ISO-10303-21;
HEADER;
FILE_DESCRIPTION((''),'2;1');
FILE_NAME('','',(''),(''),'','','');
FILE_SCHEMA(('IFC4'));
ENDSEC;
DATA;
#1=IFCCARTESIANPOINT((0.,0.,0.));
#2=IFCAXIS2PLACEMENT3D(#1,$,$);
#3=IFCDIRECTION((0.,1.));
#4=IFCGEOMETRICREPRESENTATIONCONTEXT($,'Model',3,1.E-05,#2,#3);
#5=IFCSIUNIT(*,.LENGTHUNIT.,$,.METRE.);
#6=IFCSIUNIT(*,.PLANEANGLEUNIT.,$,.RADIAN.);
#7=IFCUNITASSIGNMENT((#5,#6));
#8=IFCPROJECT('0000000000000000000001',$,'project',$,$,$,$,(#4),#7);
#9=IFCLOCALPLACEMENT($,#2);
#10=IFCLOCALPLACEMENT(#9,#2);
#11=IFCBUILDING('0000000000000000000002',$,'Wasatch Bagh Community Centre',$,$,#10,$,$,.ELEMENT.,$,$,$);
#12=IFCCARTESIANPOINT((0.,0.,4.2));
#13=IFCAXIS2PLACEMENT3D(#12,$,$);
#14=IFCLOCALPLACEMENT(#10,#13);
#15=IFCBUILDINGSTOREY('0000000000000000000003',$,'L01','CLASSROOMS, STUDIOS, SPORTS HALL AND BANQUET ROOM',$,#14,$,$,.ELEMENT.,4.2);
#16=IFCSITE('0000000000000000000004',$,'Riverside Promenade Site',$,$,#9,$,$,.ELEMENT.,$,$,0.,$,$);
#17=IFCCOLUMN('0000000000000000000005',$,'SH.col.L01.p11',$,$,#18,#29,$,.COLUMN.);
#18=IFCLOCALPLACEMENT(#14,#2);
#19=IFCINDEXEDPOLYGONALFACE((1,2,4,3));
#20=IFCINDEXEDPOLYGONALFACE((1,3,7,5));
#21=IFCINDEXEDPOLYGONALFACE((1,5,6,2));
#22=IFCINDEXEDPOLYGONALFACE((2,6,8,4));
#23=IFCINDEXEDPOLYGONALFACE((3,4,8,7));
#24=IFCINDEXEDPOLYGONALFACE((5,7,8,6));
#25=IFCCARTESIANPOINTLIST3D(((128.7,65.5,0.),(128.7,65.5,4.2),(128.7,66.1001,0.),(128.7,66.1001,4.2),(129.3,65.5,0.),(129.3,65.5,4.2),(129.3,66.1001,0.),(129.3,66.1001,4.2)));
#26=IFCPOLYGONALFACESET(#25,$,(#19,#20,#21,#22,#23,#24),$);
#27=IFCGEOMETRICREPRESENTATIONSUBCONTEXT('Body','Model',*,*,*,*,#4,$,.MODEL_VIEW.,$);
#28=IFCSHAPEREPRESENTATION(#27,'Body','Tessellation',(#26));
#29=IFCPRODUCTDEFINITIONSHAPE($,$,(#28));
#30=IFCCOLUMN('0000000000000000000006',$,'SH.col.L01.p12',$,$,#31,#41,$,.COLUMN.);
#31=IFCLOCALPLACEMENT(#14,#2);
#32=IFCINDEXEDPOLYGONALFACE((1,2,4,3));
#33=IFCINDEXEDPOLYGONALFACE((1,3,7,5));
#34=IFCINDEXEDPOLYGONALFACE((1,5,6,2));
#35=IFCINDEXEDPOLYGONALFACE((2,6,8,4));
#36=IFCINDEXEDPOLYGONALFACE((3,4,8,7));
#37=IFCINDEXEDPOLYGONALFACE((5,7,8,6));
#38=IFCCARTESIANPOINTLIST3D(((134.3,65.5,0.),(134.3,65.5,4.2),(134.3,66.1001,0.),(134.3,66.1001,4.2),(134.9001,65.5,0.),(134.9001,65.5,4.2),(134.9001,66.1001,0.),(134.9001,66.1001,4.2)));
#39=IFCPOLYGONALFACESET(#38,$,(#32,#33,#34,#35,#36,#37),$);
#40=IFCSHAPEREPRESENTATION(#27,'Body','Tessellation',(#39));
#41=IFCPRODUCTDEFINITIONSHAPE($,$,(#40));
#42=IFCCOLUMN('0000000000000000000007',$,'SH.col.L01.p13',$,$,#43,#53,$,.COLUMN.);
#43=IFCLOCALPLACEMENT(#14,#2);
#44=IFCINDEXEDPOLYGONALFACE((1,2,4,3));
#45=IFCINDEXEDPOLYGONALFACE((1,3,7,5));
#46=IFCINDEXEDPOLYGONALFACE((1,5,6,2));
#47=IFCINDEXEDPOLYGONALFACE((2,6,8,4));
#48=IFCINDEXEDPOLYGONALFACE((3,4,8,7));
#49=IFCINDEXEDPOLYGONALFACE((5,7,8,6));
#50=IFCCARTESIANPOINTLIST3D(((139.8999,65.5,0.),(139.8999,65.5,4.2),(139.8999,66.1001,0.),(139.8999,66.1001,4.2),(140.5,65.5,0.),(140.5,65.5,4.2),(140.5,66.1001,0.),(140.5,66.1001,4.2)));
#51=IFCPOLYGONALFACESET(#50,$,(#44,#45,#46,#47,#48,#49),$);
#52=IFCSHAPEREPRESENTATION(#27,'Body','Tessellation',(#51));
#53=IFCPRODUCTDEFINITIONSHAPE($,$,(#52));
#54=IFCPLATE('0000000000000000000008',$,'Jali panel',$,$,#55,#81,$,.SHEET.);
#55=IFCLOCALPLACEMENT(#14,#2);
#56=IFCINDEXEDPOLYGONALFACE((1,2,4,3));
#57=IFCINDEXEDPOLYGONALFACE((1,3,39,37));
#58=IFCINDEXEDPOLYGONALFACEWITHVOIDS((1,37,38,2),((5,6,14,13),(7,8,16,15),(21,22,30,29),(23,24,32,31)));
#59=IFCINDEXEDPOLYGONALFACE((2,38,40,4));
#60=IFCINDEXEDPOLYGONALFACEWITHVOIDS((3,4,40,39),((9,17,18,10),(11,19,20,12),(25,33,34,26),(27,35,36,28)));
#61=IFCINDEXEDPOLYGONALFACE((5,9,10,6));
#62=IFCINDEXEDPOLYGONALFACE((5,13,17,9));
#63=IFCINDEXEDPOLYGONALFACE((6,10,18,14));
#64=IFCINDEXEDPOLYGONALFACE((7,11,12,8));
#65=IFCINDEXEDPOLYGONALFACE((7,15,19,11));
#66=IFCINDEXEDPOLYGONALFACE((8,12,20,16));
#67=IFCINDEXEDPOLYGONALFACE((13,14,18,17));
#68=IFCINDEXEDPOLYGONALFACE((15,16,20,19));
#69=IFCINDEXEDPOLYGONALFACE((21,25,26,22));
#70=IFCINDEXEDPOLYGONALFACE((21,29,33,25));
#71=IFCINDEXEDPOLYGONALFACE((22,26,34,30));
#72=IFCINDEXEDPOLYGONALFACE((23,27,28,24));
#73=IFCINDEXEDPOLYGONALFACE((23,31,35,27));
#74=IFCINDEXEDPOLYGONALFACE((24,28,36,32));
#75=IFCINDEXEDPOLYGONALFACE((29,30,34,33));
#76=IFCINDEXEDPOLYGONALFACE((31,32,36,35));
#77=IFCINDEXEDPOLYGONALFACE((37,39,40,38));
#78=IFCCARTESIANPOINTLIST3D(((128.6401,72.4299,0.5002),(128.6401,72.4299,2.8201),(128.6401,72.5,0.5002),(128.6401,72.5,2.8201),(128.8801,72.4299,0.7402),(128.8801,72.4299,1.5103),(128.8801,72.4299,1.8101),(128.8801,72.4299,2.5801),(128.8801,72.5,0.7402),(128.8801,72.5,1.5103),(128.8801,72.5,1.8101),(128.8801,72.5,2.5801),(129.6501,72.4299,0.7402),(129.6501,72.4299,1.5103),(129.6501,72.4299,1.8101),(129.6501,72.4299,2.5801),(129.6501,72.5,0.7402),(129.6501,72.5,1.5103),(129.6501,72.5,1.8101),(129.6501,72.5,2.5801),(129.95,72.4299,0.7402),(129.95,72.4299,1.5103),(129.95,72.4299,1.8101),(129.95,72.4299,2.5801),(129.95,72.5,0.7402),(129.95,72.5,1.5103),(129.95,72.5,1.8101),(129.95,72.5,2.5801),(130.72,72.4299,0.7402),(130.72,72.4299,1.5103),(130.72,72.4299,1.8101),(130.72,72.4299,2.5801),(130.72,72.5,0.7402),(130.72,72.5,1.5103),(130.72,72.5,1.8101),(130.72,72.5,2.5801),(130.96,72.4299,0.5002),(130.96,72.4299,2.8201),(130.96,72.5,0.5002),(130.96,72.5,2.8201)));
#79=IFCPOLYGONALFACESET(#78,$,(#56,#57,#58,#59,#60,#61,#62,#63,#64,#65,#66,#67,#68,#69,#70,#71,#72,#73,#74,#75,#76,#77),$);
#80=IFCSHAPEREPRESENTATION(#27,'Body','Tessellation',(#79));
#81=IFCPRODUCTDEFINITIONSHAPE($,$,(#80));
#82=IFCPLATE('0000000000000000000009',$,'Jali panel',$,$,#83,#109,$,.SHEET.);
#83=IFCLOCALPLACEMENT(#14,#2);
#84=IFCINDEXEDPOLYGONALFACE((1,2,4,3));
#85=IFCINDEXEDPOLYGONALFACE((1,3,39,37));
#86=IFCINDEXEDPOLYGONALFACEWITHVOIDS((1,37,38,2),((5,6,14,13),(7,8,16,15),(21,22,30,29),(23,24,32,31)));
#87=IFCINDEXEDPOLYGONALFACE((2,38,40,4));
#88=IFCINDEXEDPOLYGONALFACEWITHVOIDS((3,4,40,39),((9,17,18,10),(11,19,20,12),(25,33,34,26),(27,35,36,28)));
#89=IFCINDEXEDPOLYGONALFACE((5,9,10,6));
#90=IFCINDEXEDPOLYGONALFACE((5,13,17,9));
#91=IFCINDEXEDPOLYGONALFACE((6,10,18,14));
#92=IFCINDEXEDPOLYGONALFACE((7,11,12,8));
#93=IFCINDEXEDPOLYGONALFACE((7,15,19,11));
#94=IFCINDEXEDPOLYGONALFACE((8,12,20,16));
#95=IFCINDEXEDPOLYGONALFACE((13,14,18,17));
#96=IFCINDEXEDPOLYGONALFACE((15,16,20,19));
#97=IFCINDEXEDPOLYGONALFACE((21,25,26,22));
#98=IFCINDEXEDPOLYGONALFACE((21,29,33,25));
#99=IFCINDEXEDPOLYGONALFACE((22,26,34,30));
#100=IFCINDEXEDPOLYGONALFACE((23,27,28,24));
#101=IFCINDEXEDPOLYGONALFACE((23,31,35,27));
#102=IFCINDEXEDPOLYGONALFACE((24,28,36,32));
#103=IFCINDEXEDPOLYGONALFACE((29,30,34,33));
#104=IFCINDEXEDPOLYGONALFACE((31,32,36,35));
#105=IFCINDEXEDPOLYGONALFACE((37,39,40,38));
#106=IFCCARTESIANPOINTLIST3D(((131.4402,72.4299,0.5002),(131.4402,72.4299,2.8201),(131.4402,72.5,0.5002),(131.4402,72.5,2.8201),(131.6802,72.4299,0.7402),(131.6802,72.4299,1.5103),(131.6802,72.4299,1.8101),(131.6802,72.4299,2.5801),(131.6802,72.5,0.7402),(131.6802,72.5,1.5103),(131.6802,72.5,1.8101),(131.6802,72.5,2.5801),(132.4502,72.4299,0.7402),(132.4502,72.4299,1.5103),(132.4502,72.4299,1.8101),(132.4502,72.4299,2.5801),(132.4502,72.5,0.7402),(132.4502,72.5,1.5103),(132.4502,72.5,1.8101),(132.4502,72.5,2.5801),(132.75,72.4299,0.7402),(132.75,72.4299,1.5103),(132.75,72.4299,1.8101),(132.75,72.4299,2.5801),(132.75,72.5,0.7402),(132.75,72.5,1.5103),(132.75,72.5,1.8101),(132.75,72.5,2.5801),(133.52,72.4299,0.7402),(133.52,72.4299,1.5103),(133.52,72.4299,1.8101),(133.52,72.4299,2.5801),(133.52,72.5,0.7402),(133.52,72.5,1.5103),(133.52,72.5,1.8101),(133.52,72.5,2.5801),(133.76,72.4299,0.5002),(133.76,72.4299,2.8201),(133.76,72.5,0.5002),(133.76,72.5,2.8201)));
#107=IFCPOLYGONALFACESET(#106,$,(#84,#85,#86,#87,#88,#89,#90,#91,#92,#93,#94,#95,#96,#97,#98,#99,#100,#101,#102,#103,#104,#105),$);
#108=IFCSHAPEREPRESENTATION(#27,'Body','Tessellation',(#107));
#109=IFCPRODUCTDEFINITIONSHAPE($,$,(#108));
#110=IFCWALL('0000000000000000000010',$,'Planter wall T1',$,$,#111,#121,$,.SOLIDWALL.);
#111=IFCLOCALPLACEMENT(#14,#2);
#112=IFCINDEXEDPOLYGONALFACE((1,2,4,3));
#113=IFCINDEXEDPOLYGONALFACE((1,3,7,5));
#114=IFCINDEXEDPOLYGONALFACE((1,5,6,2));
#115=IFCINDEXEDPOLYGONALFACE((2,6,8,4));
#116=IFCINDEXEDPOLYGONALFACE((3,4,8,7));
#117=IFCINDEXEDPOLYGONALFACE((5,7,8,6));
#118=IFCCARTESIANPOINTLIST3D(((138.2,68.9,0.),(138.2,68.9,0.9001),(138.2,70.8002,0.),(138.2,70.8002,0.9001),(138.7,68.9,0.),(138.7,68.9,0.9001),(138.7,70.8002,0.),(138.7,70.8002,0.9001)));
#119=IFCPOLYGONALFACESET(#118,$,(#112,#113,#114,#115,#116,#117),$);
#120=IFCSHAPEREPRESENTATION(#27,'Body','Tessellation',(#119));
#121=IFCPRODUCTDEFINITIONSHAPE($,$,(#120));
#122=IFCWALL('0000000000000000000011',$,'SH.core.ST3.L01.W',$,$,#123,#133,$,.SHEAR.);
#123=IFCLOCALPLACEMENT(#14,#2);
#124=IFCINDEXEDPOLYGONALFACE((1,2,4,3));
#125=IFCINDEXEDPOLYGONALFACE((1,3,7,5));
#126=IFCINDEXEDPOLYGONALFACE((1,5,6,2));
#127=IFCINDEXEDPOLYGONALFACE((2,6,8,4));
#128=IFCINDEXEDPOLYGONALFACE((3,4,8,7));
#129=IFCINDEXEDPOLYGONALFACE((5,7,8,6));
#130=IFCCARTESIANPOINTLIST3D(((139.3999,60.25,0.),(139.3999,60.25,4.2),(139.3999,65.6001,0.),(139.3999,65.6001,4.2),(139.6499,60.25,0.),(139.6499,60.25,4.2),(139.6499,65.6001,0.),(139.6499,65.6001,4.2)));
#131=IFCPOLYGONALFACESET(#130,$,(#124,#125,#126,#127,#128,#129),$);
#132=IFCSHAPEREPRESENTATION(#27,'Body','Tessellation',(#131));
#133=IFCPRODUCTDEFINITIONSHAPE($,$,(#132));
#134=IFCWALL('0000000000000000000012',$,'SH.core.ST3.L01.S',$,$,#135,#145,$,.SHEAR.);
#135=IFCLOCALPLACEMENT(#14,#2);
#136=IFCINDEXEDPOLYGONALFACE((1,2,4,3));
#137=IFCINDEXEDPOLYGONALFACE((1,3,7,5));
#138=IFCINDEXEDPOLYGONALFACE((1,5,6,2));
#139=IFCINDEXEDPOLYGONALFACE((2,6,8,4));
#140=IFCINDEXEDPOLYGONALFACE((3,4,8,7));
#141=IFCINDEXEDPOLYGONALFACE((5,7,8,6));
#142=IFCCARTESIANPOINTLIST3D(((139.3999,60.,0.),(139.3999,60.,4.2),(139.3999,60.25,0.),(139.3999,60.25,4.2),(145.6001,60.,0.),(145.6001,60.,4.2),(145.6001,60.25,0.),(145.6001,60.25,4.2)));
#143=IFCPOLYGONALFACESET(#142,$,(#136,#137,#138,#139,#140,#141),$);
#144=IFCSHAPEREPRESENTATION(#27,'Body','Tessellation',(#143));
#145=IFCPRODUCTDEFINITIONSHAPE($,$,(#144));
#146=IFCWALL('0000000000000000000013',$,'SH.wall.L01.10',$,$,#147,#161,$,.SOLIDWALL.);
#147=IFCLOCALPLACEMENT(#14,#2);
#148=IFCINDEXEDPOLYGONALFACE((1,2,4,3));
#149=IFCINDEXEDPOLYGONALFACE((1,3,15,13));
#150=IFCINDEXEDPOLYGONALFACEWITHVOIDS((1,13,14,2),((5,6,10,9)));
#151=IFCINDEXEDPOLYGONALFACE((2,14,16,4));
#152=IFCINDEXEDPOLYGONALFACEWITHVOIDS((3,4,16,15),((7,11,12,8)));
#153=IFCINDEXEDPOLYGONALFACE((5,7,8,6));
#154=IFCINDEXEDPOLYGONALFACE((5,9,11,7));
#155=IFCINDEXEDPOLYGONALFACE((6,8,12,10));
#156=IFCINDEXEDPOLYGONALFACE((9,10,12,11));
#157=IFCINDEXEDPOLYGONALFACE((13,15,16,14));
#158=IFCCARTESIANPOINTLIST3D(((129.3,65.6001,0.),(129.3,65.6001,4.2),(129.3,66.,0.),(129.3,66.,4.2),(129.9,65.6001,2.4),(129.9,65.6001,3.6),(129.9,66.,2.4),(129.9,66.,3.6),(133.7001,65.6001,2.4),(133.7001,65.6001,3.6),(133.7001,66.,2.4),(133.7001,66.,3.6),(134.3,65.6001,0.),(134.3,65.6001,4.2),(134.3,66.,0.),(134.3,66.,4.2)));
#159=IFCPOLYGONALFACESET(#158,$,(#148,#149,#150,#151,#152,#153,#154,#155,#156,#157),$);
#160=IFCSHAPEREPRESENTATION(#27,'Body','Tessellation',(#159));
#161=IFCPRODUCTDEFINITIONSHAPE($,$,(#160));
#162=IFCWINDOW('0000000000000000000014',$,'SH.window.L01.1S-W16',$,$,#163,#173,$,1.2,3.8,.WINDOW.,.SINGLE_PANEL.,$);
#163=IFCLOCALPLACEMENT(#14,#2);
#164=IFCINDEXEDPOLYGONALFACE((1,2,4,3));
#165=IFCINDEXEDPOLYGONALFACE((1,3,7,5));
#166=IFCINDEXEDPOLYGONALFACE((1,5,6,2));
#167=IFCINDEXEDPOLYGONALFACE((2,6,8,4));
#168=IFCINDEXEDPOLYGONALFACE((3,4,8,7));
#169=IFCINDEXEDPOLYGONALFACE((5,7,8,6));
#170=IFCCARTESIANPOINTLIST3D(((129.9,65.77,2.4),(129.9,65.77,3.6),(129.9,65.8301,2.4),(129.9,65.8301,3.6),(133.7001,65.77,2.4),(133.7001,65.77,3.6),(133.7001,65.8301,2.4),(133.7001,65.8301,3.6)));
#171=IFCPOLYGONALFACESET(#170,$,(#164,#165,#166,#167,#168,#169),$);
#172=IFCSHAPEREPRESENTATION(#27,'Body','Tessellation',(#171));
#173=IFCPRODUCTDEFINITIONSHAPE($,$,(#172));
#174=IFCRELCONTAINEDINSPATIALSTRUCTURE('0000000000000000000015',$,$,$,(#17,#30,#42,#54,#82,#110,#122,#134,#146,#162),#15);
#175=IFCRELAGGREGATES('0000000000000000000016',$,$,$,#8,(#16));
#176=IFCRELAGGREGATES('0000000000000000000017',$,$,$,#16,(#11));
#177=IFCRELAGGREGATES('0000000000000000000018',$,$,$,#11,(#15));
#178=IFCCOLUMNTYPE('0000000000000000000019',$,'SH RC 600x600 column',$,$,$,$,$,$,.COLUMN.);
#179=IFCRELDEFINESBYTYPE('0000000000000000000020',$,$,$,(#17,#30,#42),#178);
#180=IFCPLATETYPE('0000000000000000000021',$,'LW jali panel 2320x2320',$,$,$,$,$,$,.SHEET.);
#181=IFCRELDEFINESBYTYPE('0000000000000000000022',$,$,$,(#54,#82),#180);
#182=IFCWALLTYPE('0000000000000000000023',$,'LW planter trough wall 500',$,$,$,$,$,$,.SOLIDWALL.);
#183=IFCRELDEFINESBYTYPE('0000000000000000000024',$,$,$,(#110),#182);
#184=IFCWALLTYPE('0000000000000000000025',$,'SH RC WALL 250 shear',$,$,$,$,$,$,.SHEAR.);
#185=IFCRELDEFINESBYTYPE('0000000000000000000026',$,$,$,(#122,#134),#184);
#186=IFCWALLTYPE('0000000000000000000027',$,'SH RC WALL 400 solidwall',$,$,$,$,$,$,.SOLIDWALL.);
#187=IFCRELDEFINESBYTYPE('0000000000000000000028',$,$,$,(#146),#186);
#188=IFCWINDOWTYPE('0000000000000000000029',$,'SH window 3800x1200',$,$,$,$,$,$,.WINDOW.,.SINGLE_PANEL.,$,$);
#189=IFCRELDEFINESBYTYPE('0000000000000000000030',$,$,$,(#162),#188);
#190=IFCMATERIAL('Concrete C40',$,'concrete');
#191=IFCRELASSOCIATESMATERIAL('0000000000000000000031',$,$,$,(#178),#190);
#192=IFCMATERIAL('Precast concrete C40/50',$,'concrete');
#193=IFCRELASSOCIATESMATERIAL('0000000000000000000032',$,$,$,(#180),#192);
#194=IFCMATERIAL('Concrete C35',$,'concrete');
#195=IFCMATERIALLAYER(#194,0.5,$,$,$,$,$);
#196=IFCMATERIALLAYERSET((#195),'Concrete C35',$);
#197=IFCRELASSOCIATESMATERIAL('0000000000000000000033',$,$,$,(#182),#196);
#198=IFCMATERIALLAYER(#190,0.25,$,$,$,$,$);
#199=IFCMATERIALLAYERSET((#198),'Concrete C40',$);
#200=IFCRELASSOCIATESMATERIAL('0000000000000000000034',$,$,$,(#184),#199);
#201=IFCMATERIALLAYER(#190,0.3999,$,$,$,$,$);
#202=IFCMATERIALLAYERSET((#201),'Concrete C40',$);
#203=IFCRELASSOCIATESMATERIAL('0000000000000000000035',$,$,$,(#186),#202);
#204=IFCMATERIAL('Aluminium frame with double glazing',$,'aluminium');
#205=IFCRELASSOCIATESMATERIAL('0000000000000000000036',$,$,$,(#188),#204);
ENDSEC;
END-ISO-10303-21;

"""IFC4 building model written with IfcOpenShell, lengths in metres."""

from ifc_helpers import new_model, si_unit, direction, frame, frame_2d, origin, origin_2d, place, context, subcontext, project, spatial, polyline, rectangle, outline, extrude, material, layer, layer_set, material_profile, profile_set, type_object, element, fill, save


model = new_model("IFC4")

# Units and contexts
model_context = context("Model", 3, precision=1e-05, world=origin(), true_north=direction((0.0, 1.0)))
body_context = subcontext(model_context, "Body", "Model", "MODEL_VIEW")
ifc_project = project(units=[si_unit("LENGTHUNIT", "METRE"), si_unit("PLANEANGLEUNIT", "RADIAN")], contexts=[model_context])

# Site, building, storey
site_placement = place(None, origin())
site = spatial("IfcSite", under=ifc_project, at=site_placement, Name="Riverside Promenade Site", CompositionType="ELEMENT", RefElevation=0.0)
building_placement = place(site_placement, origin())
building = spatial("IfcBuilding", under=site, at=building_placement, Name="Wasatch Bagh Community Centre", CompositionType="ELEMENT")
storey_placement = place(building_placement, frame((0.0, 0.0, 4.2)))
storey = spatial("IfcBuildingStorey", under=building, at=storey_placement, Name="L01", Description="CLASSROOMS, STUDIOS, SPORTS HALL AND BANQUET ROOM", CompositionType="ELEMENT", Elevation=4.2)

# Columns
ifc_material_1 = material(Name="Concrete C40", Category="concrete")
ifc_material_profile_1 = material_profile(ifc_material_1, rectangle(XDim=0.6001, YDim=0.6001, at=origin_2d()), Name="RC 600x600")
ifc_profile_set_1 = profile_set([ifc_material_profile_1], Name="Concrete C40")
column_type = type_object("IfcColumnType", Name="SH RC 600x600 column", PredefinedType="COLUMN", material=ifc_profile_set_1)
for number, where, z_axis, x_axis, name in (
    (1, (129.0, 65.8, 0.0), (0.0, 0.0, 1.0), (1.0, 0.0, 0.0), "SH.col.L01.p11"),
    (2, (134.6001, 65.8, 0.0), (0.0, 0.0, 1.0), (1.0, 0.0, 0.0), "SH.col.L01.p12"),
    (3, (140.2, 65.8, 0.0), (0.0, 0.0, 1.0), (1.0, 0.0, 0.0), "SH.col.L01.p13"),
):
    element("IfcColumn", number, at=place(storey_placement, frame(where, z_axis=z_axis, x_axis=x_axis)), inside=storey, type_object=column_type, Name=name, PredefinedType="COLUMN", context=body_context, shape_type="SweptSolid", body=[
        extrude(rectangle(XDim=0.6001, YDim=0.6001, at=origin_2d()), origin(), (0.0, 0.0, 1.0), 4.2),
    ])

# Plates
ifc_material_2 = material(Name="Precast concrete C40/50", Category="concrete")
ifc_material_profile_2 = material_profile(ifc_material_2, outline(polyline([(-1.1599, -1.1599), (1.1599, -1.1599), (1.1599, 1.1599), (-1.1599, 1.1599), (-1.1599, -1.1599)]), holes=[polyline([(-0.9199, -0.9199), (-0.1499, -0.9199), (-0.1499, -0.1499), (-0.9199, -0.1499), (-0.9199, -0.9199)]), polyline([(-0.9199, 0.1499), (-0.1499, 0.1499), (-0.1499, 0.9199), (-0.9199, 0.9199), (-0.9199, 0.1499)]), polyline([(0.1499, -0.9199), (0.9199, -0.9199), (0.9199, -0.1499), (0.1499, -0.1499), (0.1499, -0.9199)]), polyline([(0.1499, 0.1499), (0.9199, 0.1499), (0.9199, 0.9199), (0.1499, 0.9199), (0.1499, 0.1499)])]), Name="Jali lattice")
ifc_profile_set_2 = profile_set([ifc_material_profile_2], Name="Precast concrete C40/50")
plate_type = type_object("IfcPlateType", Name="LW jali panel 2320x2320", PredefinedType="SHEET", material=ifc_profile_set_2)
for number, where, z_axis, x_axis, name in (
    (4, (129.8, 72.5, 1.6602), (0.0, -1.0, 0.0), (1.0, 0.0, 0.0), "Jali panel"),
    (5, (132.6001, 72.5, 1.6602), (0.0, -1.0, 0.0), (1.0, 0.0, 0.0), "Jali panel"),
):
    element("IfcPlate", number, at=place(storey_placement, frame(where, z_axis=z_axis, x_axis=x_axis)), inside=storey, type_object=plate_type, Name=name, PredefinedType="SHEET", context=body_context, shape_type="SweptSolid", body=[
        extrude(outline(polyline([(-1.1599, -1.1599), (1.1599, -1.1599), (1.1599, 1.1599), (-1.1599, 1.1599), (-1.1599, -1.1599)]), holes=[polyline([(-0.9199, -0.9199), (-0.1499, -0.9199), (-0.1499, -0.1499), (-0.9199, -0.1499), (-0.9199, -0.9199)]), polyline([(-0.9199, 0.1499), (-0.1499, 0.1499), (-0.1499, 0.9199), (-0.9199, 0.9199), (-0.9199, 0.1499)]), polyline([(0.1499, -0.9199), (0.9199, -0.9199), (0.9199, -0.1499), (0.1499, -0.1499), (0.1499, -0.9199)]), polyline([(0.1499, 0.1499), (0.9199, 0.1499), (0.9199, 0.9199), (0.1499, 0.9199), (0.1499, 0.1499)])]), origin(), (0.0, 0.0, 1.0), 0.0701),
    ])

# Walls
ifc_material_3 = material(Name="Concrete C35", Category="concrete")
ifc_layer_1 = layer(ifc_material_3, 0.5)
ifc_layer_set_1 = layer_set([ifc_layer_1], Name="Concrete C35")
wall_type_1 = type_object("IfcWallType", Name="LW planter trough wall 500", PredefinedType="SOLIDWALL", material=ifc_layer_set_1)
wall_1_placement = place(storey_placement, frame((138.45, 68.8999, 0.0), z_axis=(0.0, 0.0, 1.0), x_axis=(0.0, 1.0, 0.0)))
element("IfcWall", 6, at=wall_1_placement, inside=storey, type_object=wall_type_1, Name="Planter wall T1", PredefinedType="SOLIDWALL", context=body_context, shape_type="SweptSolid", body=[
    extrude(rectangle(XDim=1.9001, YDim=0.5, at=frame_2d((0.9502, 0.0))), origin(), (0.0, 0.0, 1.0), 0.9001),
])
ifc_layer_2 = layer(ifc_material_1, 0.25)
ifc_layer_set_2 = layer_set([ifc_layer_2], Name="Concrete C40")
wall_type_2 = type_object("IfcWallType", Name="SH RC WALL 250 shear", PredefinedType="SHEAR", material=ifc_layer_set_2)
wall_2_placement = place(storey_placement, frame((139.5249, 60.25, 0.0), z_axis=(0.0, 0.0, 1.0), x_axis=(0.0, 1.0, 0.0)))
element("IfcWall", 7, at=wall_2_placement, inside=storey, type_object=wall_type_2, Name="SH.core.ST3.L01.W", PredefinedType="SHEAR", context=body_context, shape_type="SweptSolid", body=[
    extrude(rectangle(XDim=5.3501, YDim=0.25, at=frame_2d((2.675, 0.0))), origin(), (0.0, 0.0, 1.0), 4.2),
])
wall_3_placement = place(storey_placement, frame((139.3999, 60.125, 0.0), z_axis=(0.0, 0.0, 1.0), x_axis=(1.0, 0.0, 0.0)))
element("IfcWall", 8, at=wall_3_placement, inside=storey, type_object=wall_type_2, Name="SH.core.ST3.L01.S", PredefinedType="SHEAR", context=body_context, shape_type="SweptSolid", body=[
    extrude(rectangle(XDim=6.2002, YDim=0.25, at=frame_2d((3.1001, 0.0))), origin(), (0.0, 0.0, 1.0), 4.2),
])

# Wall, opening, window
ifc_layer_3 = layer(ifc_material_1, 0.3999)
ifc_layer_set_3 = layer_set([ifc_layer_3], Name="Concrete C40")
wall_type_3 = type_object("IfcWallType", Name="SH RC WALL 400 solidwall", PredefinedType="SOLIDWALL", material=ifc_layer_set_3)
wall_4_placement = place(storey_placement, frame((129.3, 65.8, 0.0), z_axis=(0.0, 0.0, 1.0), x_axis=(1.0, 0.0, 0.0)))
wall_4 = element("IfcWall", 9, at=wall_4_placement, inside=storey, type_object=wall_type_3, Name="SH.wall.L01.10", PredefinedType="SOLIDWALL", context=body_context, shape_type="SweptSolid", body=[
    extrude(rectangle(XDim=5.0, YDim=0.3999, at=frame_2d((2.5, 0.0))), origin(), (0.0, 0.0, 1.0), 4.2),
])
opening_1_placement = place(wall_4_placement, frame((0.6001, 0.0, 2.3999)))
opening_1 = element("IfcOpeningElement", 10, at=opening_1_placement, cuts=wall_4, PredefinedType="OPENING", context=body_context, shape_type="SweptSolid", body=[
    extrude(rectangle(XDim=3.8, YDim=1.2, at=frame_2d((1.8999, 0.6001))), frame((0.0, 0.21, 0.0), z_axis=(0.0, -1.0, 0.0), x_axis=(1.0, 0.0, 0.0)), (0.0, 0.0, 1.0), 0.4199),
])
ifc_material_4 = material(Name="Aluminium frame with double glazing", Category="aluminium")
window_type = type_object("IfcWindowType", Name="SH window 3800x1200", PartitioningType="SINGLE_PANEL", PredefinedType="WINDOW", material=ifc_material_4)
window_1_placement = place(opening_1_placement, origin())
window_1 = element("IfcWindow", 11, at=window_1_placement, inside=storey, type_object=window_type, Name="SH.window.L01.1S-W16", OverallHeight=1.2, OverallWidth=3.8, PartitioningType="SINGLE_PANEL", PredefinedType="WINDOW", context=body_context, shape_type="SweptSolid", body=[
    extrude(rectangle(XDim=3.8, YDim=1.2, at=frame_2d((1.8999, 0.6001))), frame((0.0, 0.03, 0.0), z_axis=(0.0, -1.0, 0.0), x_axis=(1.0, 0.0, 0.0)), (0.0, 0.0, 1.0), 0.0601),
])
fill(opening_1, window_1)

save(model, "model.ifc")
